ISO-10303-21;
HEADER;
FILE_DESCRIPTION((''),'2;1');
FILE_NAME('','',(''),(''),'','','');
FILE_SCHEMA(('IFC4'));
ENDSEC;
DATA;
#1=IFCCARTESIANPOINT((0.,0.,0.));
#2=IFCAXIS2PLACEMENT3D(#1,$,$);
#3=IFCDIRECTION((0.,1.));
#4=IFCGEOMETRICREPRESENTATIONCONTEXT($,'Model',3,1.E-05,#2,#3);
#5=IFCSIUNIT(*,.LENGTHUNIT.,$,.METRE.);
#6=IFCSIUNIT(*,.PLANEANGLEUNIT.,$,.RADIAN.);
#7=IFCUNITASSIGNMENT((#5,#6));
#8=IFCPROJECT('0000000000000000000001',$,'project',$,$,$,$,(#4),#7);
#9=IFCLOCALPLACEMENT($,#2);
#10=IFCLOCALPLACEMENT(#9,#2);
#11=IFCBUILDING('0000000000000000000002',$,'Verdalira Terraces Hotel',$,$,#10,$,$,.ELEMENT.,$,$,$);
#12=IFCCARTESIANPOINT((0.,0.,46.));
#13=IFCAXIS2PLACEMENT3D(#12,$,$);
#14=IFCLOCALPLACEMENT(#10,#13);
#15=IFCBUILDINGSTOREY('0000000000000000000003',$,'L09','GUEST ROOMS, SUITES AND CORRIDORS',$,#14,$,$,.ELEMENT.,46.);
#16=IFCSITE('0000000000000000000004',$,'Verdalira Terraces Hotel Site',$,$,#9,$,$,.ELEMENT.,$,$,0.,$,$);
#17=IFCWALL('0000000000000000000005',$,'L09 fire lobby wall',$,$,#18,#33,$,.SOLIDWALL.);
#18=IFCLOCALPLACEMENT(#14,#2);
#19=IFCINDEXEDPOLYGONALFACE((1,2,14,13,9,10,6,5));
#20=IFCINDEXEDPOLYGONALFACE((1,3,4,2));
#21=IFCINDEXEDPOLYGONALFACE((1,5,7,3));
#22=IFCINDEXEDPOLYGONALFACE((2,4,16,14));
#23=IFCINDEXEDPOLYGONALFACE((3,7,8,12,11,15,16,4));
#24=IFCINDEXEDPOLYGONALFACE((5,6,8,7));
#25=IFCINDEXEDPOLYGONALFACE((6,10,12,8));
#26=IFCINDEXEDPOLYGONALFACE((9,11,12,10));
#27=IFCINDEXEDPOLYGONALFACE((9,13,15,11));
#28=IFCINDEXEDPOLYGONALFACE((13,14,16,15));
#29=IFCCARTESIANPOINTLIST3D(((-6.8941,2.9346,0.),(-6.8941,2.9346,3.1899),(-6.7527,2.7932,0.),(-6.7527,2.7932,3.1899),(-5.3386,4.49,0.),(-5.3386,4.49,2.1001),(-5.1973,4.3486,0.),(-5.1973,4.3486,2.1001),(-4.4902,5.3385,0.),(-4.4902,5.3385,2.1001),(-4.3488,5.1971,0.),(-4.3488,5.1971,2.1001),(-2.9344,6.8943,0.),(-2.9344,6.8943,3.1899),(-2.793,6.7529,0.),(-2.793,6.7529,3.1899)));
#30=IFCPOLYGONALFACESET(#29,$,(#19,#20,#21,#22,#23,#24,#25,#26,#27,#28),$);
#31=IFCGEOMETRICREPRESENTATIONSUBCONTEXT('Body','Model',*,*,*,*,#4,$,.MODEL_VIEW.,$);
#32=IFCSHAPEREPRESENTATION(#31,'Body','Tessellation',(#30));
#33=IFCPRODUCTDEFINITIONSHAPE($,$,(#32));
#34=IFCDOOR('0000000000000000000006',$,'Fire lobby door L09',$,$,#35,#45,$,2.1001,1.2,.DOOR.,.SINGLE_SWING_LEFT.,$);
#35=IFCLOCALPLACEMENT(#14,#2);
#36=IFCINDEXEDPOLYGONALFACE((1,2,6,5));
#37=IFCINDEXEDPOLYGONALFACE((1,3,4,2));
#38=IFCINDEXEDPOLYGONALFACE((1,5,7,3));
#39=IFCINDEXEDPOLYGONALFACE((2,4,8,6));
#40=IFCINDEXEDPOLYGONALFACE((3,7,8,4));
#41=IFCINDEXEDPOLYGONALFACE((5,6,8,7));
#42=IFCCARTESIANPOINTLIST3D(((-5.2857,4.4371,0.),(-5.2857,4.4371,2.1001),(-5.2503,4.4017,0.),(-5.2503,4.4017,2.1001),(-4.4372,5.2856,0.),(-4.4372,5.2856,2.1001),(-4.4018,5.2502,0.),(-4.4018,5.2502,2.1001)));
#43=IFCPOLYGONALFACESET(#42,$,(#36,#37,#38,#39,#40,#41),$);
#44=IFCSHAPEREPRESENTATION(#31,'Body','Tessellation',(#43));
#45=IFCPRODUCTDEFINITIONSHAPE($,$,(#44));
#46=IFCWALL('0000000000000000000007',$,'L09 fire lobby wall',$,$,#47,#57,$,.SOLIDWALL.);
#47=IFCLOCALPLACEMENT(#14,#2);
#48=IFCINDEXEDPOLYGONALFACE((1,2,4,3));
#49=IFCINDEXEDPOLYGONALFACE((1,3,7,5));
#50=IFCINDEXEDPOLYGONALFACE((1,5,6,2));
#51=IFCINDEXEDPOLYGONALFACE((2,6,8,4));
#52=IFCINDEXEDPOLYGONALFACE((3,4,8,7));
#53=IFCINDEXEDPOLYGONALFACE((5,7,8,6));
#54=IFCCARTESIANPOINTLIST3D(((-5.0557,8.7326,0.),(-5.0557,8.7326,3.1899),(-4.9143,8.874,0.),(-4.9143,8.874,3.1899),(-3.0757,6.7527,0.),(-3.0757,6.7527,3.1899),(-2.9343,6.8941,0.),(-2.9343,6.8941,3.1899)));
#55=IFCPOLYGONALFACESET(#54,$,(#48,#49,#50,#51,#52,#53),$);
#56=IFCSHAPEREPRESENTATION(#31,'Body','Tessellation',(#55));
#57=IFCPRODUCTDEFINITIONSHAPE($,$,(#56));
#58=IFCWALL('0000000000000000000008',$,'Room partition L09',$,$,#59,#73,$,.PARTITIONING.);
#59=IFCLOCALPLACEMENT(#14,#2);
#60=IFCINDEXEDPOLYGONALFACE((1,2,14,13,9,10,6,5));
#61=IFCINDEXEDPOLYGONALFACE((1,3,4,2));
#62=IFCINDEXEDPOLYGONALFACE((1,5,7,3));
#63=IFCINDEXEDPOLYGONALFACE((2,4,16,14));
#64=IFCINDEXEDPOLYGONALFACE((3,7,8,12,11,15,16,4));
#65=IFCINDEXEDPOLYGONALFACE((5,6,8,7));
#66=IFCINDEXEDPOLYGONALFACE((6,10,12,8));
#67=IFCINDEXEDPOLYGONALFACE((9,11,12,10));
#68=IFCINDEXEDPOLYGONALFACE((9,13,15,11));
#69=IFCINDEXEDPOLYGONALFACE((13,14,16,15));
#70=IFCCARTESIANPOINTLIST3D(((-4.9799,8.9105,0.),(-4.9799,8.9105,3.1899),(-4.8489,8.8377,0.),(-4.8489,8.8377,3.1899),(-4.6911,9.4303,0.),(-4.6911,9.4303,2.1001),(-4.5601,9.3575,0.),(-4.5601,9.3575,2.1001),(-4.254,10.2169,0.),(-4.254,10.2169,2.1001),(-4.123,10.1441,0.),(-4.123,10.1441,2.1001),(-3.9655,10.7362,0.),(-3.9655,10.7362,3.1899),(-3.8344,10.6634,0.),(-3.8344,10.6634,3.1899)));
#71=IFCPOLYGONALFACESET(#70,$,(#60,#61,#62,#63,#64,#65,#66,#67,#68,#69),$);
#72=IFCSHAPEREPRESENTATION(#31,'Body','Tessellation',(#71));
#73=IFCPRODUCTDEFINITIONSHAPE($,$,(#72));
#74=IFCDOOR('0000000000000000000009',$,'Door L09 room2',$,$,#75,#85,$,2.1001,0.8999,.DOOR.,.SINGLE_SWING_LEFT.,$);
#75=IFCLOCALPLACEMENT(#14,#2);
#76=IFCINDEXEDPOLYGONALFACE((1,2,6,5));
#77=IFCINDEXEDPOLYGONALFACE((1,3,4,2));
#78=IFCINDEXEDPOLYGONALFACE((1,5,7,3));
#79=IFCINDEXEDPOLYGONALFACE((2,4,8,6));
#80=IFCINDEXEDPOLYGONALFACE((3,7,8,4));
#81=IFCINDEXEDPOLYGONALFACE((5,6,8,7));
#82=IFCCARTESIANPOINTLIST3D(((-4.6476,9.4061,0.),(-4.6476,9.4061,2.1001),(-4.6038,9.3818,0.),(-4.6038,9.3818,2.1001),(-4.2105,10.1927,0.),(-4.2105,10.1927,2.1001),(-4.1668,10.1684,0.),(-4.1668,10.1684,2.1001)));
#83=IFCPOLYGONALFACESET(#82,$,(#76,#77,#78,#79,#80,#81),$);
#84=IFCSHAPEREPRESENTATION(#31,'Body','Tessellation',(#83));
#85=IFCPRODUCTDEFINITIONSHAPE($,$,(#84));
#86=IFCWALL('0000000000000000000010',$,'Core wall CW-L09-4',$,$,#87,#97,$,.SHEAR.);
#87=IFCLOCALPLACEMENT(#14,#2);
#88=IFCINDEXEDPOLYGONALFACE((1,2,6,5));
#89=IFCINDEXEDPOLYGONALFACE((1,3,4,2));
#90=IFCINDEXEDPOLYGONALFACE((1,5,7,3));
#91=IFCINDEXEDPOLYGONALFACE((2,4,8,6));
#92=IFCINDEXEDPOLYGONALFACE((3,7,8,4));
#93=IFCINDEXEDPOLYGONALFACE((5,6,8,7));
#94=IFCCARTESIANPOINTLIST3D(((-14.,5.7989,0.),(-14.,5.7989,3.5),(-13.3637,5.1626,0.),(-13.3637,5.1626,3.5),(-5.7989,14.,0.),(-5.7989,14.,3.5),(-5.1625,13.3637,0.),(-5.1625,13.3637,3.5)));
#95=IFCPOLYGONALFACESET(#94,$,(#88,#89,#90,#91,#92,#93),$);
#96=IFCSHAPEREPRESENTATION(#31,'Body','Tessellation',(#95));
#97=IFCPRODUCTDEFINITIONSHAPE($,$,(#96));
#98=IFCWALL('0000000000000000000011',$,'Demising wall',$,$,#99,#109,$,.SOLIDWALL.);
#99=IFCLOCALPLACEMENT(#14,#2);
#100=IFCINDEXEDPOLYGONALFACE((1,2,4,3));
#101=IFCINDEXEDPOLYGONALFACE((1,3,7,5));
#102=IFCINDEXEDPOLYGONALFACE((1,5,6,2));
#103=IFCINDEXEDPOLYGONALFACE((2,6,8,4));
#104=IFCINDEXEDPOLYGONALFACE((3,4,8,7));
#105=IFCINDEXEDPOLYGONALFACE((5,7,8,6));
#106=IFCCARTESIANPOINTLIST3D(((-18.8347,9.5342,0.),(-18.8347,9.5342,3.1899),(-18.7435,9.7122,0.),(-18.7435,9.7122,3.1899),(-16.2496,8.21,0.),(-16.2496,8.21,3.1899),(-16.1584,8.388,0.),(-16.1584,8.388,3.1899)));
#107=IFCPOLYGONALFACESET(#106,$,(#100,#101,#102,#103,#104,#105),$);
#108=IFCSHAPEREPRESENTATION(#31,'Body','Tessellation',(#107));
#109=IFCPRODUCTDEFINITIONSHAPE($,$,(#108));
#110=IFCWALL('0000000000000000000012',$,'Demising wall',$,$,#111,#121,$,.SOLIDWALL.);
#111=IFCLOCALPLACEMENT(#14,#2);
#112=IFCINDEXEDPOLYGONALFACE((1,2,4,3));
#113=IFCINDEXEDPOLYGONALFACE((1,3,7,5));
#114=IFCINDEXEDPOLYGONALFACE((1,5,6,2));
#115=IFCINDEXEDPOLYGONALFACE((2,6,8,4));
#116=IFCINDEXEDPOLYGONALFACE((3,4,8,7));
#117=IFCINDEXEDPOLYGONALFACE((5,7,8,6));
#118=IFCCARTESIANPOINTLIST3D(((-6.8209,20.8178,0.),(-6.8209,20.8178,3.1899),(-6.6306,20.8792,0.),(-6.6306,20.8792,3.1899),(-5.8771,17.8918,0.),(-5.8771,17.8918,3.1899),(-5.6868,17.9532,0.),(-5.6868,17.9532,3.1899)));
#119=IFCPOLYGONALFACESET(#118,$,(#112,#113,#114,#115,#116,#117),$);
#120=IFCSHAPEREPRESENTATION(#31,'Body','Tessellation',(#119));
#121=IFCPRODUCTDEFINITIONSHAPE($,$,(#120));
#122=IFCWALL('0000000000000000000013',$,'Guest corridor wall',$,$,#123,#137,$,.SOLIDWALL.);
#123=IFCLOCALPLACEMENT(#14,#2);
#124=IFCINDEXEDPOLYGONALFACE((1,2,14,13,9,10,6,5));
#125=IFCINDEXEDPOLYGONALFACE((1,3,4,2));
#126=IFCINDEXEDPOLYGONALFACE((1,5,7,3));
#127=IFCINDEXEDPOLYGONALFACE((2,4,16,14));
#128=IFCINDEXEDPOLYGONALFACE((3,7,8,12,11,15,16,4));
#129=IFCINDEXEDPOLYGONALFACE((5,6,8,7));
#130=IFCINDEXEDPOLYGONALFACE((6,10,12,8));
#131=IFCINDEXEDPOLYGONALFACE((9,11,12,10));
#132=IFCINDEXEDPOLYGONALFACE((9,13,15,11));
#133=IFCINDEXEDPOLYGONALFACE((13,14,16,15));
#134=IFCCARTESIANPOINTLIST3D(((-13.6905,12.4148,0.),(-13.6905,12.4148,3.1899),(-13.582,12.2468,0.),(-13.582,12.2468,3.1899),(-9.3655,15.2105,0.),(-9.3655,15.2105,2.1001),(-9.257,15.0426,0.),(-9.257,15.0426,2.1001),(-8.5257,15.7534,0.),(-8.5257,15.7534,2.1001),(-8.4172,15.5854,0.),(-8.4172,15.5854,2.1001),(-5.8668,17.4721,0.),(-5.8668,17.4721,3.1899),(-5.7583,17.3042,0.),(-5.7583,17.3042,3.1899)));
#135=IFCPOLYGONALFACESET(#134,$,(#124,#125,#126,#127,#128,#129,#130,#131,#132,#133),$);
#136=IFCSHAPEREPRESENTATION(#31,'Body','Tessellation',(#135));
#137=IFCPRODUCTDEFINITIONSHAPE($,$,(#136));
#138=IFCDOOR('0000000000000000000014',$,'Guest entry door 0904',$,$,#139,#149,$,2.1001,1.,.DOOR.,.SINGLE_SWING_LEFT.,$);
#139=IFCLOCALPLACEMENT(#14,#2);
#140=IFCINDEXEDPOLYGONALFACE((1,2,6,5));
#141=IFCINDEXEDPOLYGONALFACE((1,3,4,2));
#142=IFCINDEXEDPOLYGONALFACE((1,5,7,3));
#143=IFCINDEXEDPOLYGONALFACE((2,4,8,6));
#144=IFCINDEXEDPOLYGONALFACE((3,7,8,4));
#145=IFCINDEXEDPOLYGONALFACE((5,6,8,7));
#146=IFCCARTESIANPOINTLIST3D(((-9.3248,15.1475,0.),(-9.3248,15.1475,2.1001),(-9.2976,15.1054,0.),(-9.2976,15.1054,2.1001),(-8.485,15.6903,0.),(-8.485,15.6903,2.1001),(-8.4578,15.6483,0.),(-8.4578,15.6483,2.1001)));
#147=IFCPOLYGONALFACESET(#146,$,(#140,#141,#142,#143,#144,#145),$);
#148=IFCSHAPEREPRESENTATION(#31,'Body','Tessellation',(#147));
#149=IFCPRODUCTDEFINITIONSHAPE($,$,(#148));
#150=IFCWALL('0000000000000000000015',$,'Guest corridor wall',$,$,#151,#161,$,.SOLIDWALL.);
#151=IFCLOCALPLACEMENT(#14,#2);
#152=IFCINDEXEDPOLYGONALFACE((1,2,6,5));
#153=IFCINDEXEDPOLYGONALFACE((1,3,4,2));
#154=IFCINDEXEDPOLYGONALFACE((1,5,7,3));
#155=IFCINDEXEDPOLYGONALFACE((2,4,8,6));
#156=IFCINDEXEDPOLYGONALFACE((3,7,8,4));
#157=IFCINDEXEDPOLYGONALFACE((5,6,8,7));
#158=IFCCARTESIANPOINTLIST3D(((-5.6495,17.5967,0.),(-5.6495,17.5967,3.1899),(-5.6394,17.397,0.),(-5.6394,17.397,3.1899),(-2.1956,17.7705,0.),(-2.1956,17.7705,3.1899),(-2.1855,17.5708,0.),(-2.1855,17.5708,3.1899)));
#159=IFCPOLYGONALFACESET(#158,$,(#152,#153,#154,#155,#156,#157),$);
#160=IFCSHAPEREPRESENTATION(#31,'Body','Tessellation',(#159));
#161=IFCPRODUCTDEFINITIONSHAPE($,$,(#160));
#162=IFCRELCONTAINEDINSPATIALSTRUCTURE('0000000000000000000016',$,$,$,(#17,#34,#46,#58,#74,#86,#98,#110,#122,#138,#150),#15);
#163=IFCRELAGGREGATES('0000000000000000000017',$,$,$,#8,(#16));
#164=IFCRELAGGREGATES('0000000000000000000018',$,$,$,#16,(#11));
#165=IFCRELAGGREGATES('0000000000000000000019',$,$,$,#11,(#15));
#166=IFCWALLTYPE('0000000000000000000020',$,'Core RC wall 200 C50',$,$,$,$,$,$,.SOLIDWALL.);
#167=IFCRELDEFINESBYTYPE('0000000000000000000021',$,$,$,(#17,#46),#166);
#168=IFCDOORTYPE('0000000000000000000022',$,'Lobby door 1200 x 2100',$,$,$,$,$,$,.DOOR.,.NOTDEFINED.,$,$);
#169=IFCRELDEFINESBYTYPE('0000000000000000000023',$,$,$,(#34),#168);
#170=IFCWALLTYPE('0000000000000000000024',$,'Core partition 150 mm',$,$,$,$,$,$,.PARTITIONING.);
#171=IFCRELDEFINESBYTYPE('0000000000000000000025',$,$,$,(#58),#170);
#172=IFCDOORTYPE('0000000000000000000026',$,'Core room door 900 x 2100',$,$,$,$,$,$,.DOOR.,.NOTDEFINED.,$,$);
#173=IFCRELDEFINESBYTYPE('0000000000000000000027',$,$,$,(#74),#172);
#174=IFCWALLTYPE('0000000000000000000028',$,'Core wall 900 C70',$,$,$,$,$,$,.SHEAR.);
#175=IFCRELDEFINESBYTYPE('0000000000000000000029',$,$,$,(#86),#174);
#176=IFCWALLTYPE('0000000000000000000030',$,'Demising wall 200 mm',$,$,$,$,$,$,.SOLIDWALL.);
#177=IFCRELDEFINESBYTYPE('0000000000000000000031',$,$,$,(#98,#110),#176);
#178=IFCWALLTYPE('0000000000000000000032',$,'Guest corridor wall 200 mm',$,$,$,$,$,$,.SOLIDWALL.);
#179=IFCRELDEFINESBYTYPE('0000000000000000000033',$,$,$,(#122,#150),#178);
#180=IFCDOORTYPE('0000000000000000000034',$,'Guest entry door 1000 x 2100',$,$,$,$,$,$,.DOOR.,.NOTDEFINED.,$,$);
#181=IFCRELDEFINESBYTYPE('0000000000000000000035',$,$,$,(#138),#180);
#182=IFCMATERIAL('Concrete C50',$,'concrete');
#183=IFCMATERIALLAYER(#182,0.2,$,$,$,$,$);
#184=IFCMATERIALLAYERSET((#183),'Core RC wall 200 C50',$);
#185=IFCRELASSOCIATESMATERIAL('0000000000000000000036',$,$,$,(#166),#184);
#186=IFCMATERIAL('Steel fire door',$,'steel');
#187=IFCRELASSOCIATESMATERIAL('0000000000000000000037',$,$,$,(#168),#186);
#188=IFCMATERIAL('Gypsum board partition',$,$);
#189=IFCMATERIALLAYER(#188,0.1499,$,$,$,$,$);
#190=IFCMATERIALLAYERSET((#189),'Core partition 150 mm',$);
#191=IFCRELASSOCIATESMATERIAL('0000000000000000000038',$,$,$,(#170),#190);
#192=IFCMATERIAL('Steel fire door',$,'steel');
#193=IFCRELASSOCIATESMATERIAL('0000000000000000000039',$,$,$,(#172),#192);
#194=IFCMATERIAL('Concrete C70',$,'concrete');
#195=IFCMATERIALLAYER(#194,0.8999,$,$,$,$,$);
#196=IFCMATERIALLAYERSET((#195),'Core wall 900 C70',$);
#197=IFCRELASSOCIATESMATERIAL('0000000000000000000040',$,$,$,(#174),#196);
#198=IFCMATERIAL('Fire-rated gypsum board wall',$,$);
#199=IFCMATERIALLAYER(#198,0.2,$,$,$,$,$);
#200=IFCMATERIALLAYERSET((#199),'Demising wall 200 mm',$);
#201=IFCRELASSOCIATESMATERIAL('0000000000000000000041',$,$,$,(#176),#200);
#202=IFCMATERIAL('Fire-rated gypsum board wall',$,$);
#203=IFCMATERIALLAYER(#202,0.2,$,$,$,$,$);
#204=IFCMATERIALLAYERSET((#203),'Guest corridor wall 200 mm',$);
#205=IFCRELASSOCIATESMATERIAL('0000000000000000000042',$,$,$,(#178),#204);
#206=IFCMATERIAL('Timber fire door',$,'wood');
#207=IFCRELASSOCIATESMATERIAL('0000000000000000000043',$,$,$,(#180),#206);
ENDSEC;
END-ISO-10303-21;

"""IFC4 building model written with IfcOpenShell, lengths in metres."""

from ifc_helpers import new_model, si_unit, direction, frame, frame_2d, origin, place, context, subcontext, project, spatial, rectangle, extrude, material, layer, layer_set, type_object, element, fill, save


model = new_model("IFC4")

# Units and contexts
model_context = context("Model", 3, precision=1e-05, world=origin(), true_north=direction((0.0, 1.0)))
body_context = subcontext(model_context, "Body", "Model", "MODEL_VIEW")
ifc_project = project(units=[si_unit("LENGTHUNIT", "METRE"), si_unit("PLANEANGLEUNIT", "RADIAN")], contexts=[model_context])

# Site, building, storey
site_placement = place(None, origin())
site = spatial("IfcSite", under=ifc_project, at=site_placement, Name="Verdalira Terraces Hotel Site", CompositionType="ELEMENT", RefElevation=0.0)
building_placement = place(site_placement, origin())
building = spatial("IfcBuilding", under=site, at=building_placement, Name="Verdalira Terraces Hotel", CompositionType="ELEMENT")
storey_placement = place(building_placement, frame((0.0, 0.0, 46.0)))
storey = spatial("IfcBuildingStorey", under=building, at=storey_placement, Name="L09", Description="GUEST ROOMS, SUITES AND CORRIDORS", CompositionType="ELEMENT", Elevation=46.0)

# Wall, opening, door
ifc_material_1 = material(Name="Concrete C50", Category="concrete")
ifc_layer_1 = layer(ifc_material_1, 0.2)
ifc_layer_set_1 = layer_set([ifc_layer_1], Name="Core RC wall 200 C50")
wall_type_1 = type_object("IfcWallType", Name="Core RC wall 200 C50", PredefinedType="SOLIDWALL", material=ifc_layer_set_1)
wall_1_placement = place(storey_placement, frame((-2.8638, 6.8235, 0.0), z_axis=(0.0, 0.0, 1.0), x_axis=(-0.707107, -0.707107, 0.0)))
wall_1 = element("IfcWall", 1, at=wall_1_placement, inside=storey, type_object=wall_type_1, Name="L09 fire lobby wall", PredefinedType="SOLIDWALL", context=body_context, shape_type="SweptSolid", body=[
    extrude(rectangle(XDim=5.5999, YDim=0.2, at=frame_2d((2.7998, 0.0))), origin(), (0.0, 0.0, 1.0), 3.1899),
])
opening_1_placement = place(wall_1_placement, frame((2.2, 0.0, 0.0)))
opening_1 = element("IfcOpeningElement", 2, at=opening_1_placement, cuts=wall_1, PredefinedType="OPENING", context=body_context, shape_type="SweptSolid", body=[
    extrude(rectangle(XDim=1.2, YDim=2.1001, at=frame_2d((0.6001, 1.05))), frame((0.0, 0.1099, 0.0), z_axis=(0.0, -1.0, 0.0), x_axis=(1.0, 0.0, 0.0)), (0.0, 0.0, 1.0), 0.22),
])
ifc_material_2 = material(Name="Steel fire door", Category="steel")
door_type_1 = type_object("IfcDoorType", Name="Lobby door 1200 x 2100", OperationType="NOTDEFINED", PredefinedType="DOOR", material=ifc_material_2)
door_1_placement = place(opening_1_placement, origin())
door_1 = element("IfcDoor", 3, at=door_1_placement, inside=storey, type_object=door_type_1, Name="Fire lobby door L09", OperationType="SINGLE_SWING_LEFT", OverallHeight=2.1001, OverallWidth=1.2, PredefinedType="DOOR", context=body_context, shape_type="SweptSolid", body=[
    extrude(rectangle(XDim=1.2, YDim=2.1001, at=frame_2d((0.6001, 1.05))), frame((0.0, 0.0249, 0.0), z_axis=(0.0, -1.0, 0.0), x_axis=(1.0, 0.0, 0.0)), (0.0, 0.0, 1.0), 0.05),
])
fill(opening_1, door_1)

# Wall
wall_2_placement = place(storey_placement, frame((-3.0051, 6.8235, 0.0), z_axis=(0.0, 0.0, 1.0), x_axis=(-0.707107, 0.707107, 0.0)))
element("IfcWall", 4, at=wall_2_placement, inside=storey, type_object=wall_type_1, Name="L09 fire lobby wall", PredefinedType="SOLIDWALL", context=body_context, shape_type="SweptSolid", body=[
    extrude(rectangle(XDim=2.8, YDim=0.2, at=frame_2d((1.3999, 0.0))), origin(), (0.0, 0.0, 1.0), 3.1899),
])

# Wall, opening, door
ifc_material_3 = material(Name="Gypsum board partition")
ifc_layer_2 = layer(ifc_material_3, 0.1499)
ifc_layer_set_2 = layer_set([ifc_layer_2], Name="Core partition 150 mm")
wall_type_2 = type_object("IfcWallType", Name="Core partition 150 mm", PredefinedType="PARTITIONING", material=ifc_layer_set_2)
wall_3_placement = place(storey_placement, frame((-3.8999, 10.7, 0.0), z_axis=(0.0, 0.0, 1.0), x_axis=(-0.485693, -0.87413, 0.0)))
wall_3 = element("IfcWall", 5, at=wall_3_placement, inside=storey, type_object=wall_type_2, Name="Room partition L09", PredefinedType="PARTITIONING", context=body_context, shape_type="SweptSolid", body=[
    extrude(rectangle(XDim=2.0886, YDim=0.1499, at=frame_2d((1.0444, 0.0))), origin(), (0.0, 0.0, 1.0), 3.1899),
])
opening_2_placement = place(wall_3_placement, frame((0.5942, 0.0, 0.0)))
opening_2 = element("IfcOpeningElement", 6, at=opening_2_placement, cuts=wall_3, PredefinedType="OPENING", context=body_context, shape_type="SweptSolid", body=[
    extrude(rectangle(XDim=0.8999, YDim=2.1001, at=frame_2d((0.45, 1.05))), frame((0.0, 0.085, 0.0), z_axis=(0.0, -1.0, 0.0), x_axis=(1.0, 0.0, 0.0)), (0.0, 0.0, 1.0), 0.1699),
])
ifc_material_4 = material(Name="Steel fire door", Category="steel")
door_type_2 = type_object("IfcDoorType", Name="Core room door 900 x 2100", OperationType="NOTDEFINED", PredefinedType="DOOR", material=ifc_material_4)
door_2_placement = place(opening_2_placement, origin())
door_2 = element("IfcDoor", 7, at=door_2_placement, inside=storey, type_object=door_type_2, Name="Door L09 room2", OperationType="SINGLE_SWING_LEFT", OverallHeight=2.1001, OverallWidth=0.8999, PredefinedType="DOOR", context=body_context, shape_type="SweptSolid", body=[
    extrude(rectangle(XDim=0.8999, YDim=2.1001, at=frame_2d((0.45, 1.05))), frame((0.0, 0.0249, 0.0), z_axis=(0.0, -1.0, 0.0), x_axis=(1.0, 0.0, 0.0)), (0.0, 0.0, 1.0), 0.05),
])
fill(opening_2, door_2)

# Walls
ifc_material_5 = material(Name="Concrete C70", Category="concrete")
ifc_layer_3 = layer(ifc_material_5, 0.8999)
ifc_layer_set_3 = layer_set([ifc_layer_3], Name="Core wall 900 C70")
wall_type_3 = type_object("IfcWallType", Name="Core wall 900 C70", PredefinedType="SHEAR", material=ifc_layer_set_3)
wall_4_placement = place(storey_placement, frame((-5.4807, 13.6819, 0.0), z_axis=(0.0, 0.0, 1.0), x_axis=(-0.707107, -0.707107, 0.0)))
element("IfcWall", 8, at=wall_4_placement, inside=storey, type_object=wall_type_3, Name="Core wall CW-L09-4", PredefinedType="SHEAR", context=body_context, shape_type="SweptSolid", body=[
    extrude(rectangle(XDim=11.5981, YDim=0.8999, at=frame_2d((5.7991, 0.0))), origin(), (0.0, 0.0, 1.0), 3.5),
])
ifc_material_6 = material(Name="Fire-rated gypsum board wall")
ifc_layer_4 = layer(ifc_material_6, 0.2)
ifc_layer_set_4 = layer_set([ifc_layer_4], Name="Demising wall 200 mm")
wall_type_4 = type_object("IfcWallType", Name="Demising wall 200 mm", PredefinedType="SOLIDWALL", material=ifc_layer_set_4)
wall_5_placement = place(storey_placement, frame((-16.2041, 8.2991, 0.0), z_axis=(0.0, 0.0, 1.0), x_axis=(-0.890031, 0.4559, 0.0)))
element("IfcWall", 9, at=wall_5_placement, inside=storey, type_object=wall_type_4, Name="Demising wall", PredefinedType="SOLIDWALL", context=body_context, shape_type="SweptSolid", body=[
    extrude(rectangle(XDim=2.9045, YDim=0.2, at=frame_2d((1.4521, 0.0))), origin(), (0.0, 0.0, 1.0), 3.1899),
])
wall_6_placement = place(storey_placement, frame((-5.782, 17.9226, 0.0), z_axis=(0.0, 0.0, 1.0), x_axis=(-0.306993, 0.951712, 0.0)))
element("IfcWall", 10, at=wall_6_placement, inside=storey, type_object=wall_type_4, Name="Demising wall", PredefinedType="SOLIDWALL", context=body_context, shape_type="SweptSolid", body=[
    extrude(rectangle(XDim=3.0745, YDim=0.2, at=frame_2d((1.5371, 0.0))), origin(), (0.0, 0.0, 1.0), 3.1899),
])

# Wall, opening, door
ifc_material_7 = material(Name="Fire-rated gypsum board wall")
ifc_layer_5 = layer(ifc_material_7, 0.2)
ifc_layer_set_5 = layer_set([ifc_layer_5], Name="Guest corridor wall 200 mm")
wall_type_5 = type_object("IfcWallType", Name="Guest corridor wall 200 mm", PredefinedType="SOLIDWALL", material=ifc_layer_set_5)
wall_7_placement = place(storey_placement, frame((-13.6362, 12.3308, 0.0), z_axis=(0.0, 0.0, 1.0), x_axis=(0.839817, 0.54287, 0.0)))
wall_7 = element("IfcWall", 11, at=wall_7_placement, inside=storey, type_object=wall_type_5, Name="Guest corridor wall", PredefinedType="SOLIDWALL", context=body_context, shape_type="SweptSolid", body=[
    extrude(rectangle(XDim=9.3159, YDim=0.2, at=frame_2d((4.658, 0.0))), origin(), (0.0, 0.0, 1.0), 3.1899),
])
opening_3_placement = place(wall_7_placement, frame((5.1499, 0.0, 0.0)))
opening_3 = element("IfcOpeningElement", 12, at=opening_3_placement, cuts=wall_7, PredefinedType="OPENING", context=body_context, shape_type="SweptSolid", body=[
    extrude(rectangle(XDim=1.0, YDim=2.1001, at=frame_2d((0.5, 1.05))), frame((0.0, 0.1099, 0.0), z_axis=(0.0, -1.0, 0.0), x_axis=(1.0, 0.0, 0.0)), (0.0, 0.0, 1.0), 0.22),
])
ifc_material_8 = material(Name="Timber fire door", Category="wood")
door_type_3 = type_object("IfcDoorType", Name="Guest entry door 1000 x 2100", OperationType="NOTDEFINED", PredefinedType="DOOR", material=ifc_material_8)
door_3_placement = place(opening_3_placement, origin())
door_3 = element("IfcDoor", 13, at=door_3_placement, inside=storey, type_object=door_type_3, Name="Guest entry door 0904", OperationType="SINGLE_SWING_LEFT", OverallHeight=2.1001, OverallWidth=1.0, PredefinedType="DOOR", context=body_context, shape_type="SweptSolid", body=[
    extrude(rectangle(XDim=1.0, YDim=2.1001, at=frame_2d((0.5, 1.05))), frame((0.0, 0.0249, 0.0), z_axis=(0.0, -1.0, 0.0), x_axis=(1.0, 0.0, 0.0)), (0.0, 0.0, 1.0), 0.05),
])
fill(opening_3, door_3)

# Wall
wall_8_placement = place(storey_placement, frame((-2.1907, 17.6707, 0.0), z_axis=(0.0, 0.0, 1.0), x_axis=(-0.998736, -0.050265, 0.0)))
element("IfcWall", 14, at=wall_8_placement, inside=storey, type_object=wall_type_5, Name="Guest corridor wall", PredefinedType="SOLIDWALL", context=body_context, shape_type="SweptSolid", body=[
    extrude(rectangle(XDim=3.4583, YDim=0.2, at=frame_2d((1.729, 0.0))), origin(), (0.0, 0.0, 1.0), 3.1899),
])

save(model, "model.ifc")
